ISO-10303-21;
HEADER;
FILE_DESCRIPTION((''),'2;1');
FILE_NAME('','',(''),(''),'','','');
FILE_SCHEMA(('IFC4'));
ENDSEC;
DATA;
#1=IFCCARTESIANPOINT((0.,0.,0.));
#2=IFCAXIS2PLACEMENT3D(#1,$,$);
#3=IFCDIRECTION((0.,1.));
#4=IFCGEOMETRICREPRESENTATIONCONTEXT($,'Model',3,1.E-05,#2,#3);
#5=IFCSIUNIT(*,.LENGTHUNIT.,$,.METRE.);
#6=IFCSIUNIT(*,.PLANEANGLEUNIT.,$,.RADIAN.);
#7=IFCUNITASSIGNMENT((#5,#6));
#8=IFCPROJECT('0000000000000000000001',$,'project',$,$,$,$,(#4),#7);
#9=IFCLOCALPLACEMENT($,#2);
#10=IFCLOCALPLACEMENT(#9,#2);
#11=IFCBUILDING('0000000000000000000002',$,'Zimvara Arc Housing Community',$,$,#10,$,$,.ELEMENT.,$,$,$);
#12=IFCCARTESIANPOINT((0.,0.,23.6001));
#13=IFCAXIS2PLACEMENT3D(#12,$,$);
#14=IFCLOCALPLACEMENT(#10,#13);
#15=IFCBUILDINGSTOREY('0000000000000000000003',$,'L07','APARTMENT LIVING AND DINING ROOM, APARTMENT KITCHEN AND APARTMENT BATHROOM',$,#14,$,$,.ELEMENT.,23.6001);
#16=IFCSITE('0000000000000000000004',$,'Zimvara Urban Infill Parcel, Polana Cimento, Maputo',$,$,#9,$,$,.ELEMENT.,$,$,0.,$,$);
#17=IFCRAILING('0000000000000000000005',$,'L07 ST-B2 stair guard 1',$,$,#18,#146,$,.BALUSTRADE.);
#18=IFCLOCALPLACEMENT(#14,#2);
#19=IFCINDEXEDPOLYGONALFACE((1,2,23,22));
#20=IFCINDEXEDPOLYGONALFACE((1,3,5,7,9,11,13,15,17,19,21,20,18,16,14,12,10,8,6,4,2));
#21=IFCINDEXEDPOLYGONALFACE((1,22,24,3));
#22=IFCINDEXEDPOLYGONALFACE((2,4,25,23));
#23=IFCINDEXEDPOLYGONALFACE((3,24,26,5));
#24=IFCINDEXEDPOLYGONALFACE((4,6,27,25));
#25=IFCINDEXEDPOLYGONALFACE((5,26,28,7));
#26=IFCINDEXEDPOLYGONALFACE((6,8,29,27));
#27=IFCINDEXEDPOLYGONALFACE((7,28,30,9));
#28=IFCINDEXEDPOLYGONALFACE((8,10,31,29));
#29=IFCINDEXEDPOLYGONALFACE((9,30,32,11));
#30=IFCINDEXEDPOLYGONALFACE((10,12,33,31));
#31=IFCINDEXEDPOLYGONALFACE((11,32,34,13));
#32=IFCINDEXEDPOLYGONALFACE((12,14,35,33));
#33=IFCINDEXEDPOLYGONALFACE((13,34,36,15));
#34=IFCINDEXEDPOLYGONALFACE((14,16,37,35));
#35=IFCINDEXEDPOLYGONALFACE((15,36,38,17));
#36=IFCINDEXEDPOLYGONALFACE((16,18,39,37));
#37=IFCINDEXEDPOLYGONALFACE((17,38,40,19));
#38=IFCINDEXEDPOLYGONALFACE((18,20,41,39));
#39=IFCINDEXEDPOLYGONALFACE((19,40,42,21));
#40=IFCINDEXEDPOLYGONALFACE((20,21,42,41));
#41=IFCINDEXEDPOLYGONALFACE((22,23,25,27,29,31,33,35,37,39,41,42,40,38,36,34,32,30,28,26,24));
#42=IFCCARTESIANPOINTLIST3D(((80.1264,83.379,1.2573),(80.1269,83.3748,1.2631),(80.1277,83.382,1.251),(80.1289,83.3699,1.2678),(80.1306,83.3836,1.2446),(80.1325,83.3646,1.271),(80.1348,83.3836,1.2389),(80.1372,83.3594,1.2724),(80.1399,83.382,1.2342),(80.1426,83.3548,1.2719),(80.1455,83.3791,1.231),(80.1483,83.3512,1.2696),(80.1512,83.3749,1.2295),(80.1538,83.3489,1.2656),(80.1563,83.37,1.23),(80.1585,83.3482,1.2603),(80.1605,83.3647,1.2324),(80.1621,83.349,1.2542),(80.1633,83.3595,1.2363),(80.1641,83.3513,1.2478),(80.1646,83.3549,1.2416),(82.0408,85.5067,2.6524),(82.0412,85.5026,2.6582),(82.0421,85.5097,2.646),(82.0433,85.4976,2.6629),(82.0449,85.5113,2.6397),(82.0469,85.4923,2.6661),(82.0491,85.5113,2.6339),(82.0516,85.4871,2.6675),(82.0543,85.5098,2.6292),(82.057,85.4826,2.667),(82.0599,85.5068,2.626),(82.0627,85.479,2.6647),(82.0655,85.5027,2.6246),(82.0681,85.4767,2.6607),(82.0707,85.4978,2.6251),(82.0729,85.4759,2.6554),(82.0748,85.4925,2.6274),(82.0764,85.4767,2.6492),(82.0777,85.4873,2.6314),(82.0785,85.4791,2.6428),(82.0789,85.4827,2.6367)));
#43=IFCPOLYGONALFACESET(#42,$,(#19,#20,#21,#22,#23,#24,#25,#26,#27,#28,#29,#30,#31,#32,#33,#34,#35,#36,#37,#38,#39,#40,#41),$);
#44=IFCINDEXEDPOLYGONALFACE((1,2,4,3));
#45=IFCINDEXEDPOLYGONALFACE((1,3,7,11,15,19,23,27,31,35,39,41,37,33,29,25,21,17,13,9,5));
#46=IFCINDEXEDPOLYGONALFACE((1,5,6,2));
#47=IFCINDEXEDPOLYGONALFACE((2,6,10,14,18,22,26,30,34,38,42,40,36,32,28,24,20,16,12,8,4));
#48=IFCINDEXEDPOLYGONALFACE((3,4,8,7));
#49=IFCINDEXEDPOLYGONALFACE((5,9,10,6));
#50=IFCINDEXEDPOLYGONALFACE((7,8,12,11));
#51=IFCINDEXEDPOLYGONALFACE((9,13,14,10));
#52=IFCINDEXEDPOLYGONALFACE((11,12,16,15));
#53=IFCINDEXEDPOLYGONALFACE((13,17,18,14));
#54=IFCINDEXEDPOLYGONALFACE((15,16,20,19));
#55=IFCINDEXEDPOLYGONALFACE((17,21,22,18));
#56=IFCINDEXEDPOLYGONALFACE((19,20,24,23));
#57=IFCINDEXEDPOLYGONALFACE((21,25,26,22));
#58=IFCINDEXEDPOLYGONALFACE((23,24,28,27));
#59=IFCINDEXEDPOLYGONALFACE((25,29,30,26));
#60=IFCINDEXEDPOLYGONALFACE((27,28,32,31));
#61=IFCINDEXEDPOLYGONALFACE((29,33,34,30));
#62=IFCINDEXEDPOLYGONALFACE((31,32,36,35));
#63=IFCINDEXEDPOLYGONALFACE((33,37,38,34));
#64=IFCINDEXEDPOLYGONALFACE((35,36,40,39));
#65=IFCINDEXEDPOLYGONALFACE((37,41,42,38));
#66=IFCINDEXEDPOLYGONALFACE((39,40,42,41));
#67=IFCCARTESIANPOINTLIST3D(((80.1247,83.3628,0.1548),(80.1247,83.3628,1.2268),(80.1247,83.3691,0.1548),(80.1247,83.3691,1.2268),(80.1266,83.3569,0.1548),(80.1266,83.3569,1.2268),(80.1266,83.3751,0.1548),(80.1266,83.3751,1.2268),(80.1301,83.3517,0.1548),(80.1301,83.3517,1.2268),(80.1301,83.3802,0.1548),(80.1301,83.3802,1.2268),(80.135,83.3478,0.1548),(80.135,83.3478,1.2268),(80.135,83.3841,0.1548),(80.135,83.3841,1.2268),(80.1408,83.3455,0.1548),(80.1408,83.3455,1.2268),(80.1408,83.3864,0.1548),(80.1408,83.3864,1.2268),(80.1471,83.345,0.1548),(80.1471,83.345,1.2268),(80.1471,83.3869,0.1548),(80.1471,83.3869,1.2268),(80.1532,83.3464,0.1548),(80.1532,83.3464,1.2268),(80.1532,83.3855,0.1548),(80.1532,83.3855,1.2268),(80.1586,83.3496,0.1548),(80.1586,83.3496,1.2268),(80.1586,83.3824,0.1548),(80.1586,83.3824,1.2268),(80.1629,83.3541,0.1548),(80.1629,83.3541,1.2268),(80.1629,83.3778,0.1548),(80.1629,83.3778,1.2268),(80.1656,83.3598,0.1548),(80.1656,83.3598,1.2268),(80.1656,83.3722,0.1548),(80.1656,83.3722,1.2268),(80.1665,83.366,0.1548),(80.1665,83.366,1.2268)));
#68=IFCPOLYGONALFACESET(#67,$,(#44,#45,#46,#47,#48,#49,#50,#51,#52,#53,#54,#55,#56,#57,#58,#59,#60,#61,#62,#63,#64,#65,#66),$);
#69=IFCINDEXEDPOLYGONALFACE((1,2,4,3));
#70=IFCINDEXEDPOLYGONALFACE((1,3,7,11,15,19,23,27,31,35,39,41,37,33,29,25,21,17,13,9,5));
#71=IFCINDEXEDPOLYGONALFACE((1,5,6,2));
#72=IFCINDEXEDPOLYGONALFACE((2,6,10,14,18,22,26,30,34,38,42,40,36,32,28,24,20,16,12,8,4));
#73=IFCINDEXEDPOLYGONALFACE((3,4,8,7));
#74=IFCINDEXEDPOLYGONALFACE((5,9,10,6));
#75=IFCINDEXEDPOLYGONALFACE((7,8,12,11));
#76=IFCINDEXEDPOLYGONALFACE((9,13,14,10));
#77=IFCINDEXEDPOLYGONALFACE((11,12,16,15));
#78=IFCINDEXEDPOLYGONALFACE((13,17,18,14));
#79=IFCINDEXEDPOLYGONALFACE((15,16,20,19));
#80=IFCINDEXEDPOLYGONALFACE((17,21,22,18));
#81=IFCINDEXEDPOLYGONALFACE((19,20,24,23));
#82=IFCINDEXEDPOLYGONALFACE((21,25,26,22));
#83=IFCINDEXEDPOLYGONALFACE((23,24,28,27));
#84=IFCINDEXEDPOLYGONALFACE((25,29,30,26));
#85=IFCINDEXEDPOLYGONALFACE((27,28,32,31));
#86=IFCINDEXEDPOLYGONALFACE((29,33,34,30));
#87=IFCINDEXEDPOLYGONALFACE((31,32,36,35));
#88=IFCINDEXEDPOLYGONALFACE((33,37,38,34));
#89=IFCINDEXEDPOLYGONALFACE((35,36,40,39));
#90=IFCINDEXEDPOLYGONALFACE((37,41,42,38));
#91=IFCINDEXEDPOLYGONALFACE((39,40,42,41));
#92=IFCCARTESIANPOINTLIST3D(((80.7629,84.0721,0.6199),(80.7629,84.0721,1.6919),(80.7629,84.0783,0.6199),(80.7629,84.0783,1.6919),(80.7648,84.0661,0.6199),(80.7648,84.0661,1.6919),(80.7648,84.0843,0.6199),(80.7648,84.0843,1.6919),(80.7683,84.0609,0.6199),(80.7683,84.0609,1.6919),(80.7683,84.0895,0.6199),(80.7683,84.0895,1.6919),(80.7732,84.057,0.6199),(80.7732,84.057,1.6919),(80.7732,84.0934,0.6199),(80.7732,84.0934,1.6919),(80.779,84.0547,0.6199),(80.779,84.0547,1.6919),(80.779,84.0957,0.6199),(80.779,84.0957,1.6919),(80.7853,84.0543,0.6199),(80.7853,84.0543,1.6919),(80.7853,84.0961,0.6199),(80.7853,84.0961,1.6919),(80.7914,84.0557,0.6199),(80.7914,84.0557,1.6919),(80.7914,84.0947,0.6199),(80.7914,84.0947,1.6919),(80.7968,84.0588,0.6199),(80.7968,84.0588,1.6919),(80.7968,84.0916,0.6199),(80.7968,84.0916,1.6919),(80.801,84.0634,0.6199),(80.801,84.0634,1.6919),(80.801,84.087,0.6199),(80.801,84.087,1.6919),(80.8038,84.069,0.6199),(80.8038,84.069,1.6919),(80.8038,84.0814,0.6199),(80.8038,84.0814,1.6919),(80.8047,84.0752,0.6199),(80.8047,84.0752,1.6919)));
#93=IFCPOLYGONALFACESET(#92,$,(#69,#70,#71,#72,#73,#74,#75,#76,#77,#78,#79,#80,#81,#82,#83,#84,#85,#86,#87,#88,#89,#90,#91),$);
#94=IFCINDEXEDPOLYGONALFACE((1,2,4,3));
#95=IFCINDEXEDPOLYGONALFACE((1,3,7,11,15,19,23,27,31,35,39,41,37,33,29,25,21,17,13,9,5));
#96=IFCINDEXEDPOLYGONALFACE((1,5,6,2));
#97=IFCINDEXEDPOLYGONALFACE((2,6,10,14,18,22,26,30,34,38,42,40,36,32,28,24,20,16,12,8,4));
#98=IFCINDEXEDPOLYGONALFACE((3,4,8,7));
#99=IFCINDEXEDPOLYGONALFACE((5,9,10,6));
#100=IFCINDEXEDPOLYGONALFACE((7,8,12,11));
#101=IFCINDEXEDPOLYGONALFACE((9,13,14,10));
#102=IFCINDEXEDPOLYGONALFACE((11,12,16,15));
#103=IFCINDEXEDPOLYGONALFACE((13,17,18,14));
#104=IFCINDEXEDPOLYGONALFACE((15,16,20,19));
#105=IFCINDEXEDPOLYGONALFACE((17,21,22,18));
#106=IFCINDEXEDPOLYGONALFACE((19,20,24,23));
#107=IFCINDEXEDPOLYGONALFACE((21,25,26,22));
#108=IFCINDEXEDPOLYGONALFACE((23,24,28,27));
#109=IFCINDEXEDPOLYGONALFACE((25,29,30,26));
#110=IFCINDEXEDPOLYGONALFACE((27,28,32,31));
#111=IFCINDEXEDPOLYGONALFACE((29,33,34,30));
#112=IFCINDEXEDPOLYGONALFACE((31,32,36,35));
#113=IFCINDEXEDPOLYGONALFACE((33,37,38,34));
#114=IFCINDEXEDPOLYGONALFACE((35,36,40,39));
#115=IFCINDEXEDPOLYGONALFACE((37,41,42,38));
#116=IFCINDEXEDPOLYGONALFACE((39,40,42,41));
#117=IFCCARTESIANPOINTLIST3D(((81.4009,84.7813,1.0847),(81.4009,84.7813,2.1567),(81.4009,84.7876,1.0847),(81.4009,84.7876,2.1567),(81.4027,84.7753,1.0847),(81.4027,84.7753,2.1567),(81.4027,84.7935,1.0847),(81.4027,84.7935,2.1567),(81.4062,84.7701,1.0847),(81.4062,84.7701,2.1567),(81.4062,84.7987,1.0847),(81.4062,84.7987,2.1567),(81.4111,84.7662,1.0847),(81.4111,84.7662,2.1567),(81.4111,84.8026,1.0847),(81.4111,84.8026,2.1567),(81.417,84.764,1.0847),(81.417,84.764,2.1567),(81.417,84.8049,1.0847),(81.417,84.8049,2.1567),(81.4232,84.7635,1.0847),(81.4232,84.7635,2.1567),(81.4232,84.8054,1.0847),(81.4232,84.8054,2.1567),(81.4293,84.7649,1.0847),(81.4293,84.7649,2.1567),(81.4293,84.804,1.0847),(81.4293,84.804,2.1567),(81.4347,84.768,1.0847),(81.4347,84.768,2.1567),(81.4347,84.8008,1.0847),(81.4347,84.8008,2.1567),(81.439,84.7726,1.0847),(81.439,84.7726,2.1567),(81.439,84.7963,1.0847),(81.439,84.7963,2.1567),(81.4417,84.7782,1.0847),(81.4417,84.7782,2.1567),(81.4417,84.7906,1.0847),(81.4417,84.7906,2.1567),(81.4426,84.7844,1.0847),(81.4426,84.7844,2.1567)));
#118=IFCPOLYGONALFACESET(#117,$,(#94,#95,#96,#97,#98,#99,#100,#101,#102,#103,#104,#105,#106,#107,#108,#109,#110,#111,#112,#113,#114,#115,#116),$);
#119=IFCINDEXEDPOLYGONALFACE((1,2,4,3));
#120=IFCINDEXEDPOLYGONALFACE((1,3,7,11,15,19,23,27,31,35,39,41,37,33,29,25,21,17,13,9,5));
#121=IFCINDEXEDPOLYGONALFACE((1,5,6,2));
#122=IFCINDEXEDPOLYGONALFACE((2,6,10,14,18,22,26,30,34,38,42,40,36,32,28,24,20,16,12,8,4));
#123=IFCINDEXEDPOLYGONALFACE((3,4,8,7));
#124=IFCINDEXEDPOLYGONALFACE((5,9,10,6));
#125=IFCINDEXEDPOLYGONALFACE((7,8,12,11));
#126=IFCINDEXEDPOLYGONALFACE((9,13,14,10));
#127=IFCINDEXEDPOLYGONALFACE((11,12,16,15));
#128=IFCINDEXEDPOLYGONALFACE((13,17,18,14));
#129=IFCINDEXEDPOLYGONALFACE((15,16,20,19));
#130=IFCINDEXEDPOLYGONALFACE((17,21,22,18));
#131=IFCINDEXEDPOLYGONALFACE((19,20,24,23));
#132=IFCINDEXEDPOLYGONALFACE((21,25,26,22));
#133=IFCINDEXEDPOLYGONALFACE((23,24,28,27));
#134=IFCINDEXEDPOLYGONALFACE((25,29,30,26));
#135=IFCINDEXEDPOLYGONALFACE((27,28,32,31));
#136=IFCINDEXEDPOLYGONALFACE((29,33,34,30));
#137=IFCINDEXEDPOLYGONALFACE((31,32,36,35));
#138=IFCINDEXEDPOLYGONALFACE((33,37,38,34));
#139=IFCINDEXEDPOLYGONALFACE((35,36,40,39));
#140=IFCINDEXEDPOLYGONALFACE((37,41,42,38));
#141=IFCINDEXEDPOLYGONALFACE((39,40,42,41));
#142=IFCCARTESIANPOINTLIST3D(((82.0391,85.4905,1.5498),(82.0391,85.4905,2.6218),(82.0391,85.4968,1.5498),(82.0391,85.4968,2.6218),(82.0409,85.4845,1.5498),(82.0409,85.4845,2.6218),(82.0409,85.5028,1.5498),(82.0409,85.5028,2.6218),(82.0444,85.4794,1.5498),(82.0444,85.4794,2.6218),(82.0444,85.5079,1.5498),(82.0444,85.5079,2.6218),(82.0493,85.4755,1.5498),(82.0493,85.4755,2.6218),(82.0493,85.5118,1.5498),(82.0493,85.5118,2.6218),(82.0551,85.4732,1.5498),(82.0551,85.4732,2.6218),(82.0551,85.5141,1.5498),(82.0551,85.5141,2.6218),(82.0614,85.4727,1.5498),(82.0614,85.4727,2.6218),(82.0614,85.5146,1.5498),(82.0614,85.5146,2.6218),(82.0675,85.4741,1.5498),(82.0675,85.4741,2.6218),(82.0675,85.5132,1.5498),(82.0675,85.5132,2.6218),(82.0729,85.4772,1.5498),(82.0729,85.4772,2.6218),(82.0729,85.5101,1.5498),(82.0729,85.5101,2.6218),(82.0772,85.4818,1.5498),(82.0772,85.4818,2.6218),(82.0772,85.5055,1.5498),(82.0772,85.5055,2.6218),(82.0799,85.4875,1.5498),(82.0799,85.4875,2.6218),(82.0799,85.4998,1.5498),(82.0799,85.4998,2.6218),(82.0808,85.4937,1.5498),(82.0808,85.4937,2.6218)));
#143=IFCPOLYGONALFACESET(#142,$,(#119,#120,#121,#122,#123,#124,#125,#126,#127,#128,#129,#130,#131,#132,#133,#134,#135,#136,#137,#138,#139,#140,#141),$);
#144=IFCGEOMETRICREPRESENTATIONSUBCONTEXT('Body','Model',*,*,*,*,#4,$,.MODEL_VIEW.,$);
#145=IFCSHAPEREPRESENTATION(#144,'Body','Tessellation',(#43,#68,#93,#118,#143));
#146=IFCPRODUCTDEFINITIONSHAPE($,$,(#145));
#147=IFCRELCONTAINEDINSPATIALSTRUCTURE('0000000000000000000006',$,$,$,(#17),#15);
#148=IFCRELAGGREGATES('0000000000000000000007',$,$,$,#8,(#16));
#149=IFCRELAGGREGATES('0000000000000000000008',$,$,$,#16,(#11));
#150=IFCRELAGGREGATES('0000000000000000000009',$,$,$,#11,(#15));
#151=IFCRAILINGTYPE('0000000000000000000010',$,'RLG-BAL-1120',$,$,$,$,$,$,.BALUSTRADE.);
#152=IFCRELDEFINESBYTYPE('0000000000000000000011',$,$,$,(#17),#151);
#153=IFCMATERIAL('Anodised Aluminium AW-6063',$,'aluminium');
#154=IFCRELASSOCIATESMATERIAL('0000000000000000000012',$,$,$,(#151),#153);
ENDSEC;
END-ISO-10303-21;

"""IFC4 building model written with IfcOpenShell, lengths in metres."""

from ifc_helpers import new_model, si_unit, direction, frame, origin, origin_2d, place, context, subcontext, project, spatial, circle, extrude, material, type_object, element, save


model = new_model("IFC4")

# Units and contexts
model_context = context("Model", 3, precision=1e-05, world=origin(), true_north=direction((0.0, 1.0)))
body_context = subcontext(model_context, "Body", "Model", "MODEL_VIEW")
ifc_project = project(units=[si_unit("LENGTHUNIT", "METRE"), si_unit("PLANEANGLEUNIT", "RADIAN")], contexts=[model_context])

# Site, building, storey
site_placement = place(None, origin())
site = spatial("IfcSite", under=ifc_project, at=site_placement, Name="Zimvara Urban Infill Parcel, Polana Cimento, Maputo", CompositionType="ELEMENT", RefElevation=0.0)
building_placement = place(site_placement, origin())
building = spatial("IfcBuilding", under=site, at=building_placement, Name="Zimvara Arc Housing Community", CompositionType="ELEMENT")
storey_placement = place(building_placement, frame((0.0, 0.0, 23.6001)))
storey = spatial("IfcBuildingStorey", under=building, at=storey_placement, Name="L07", Description="APARTMENT LIVING AND DINING ROOM, APARTMENT KITCHEN AND APARTMENT BATHROOM", CompositionType="ELEMENT", Elevation=23.6001)

# Railing
ifc_material_1 = material(Name="Anodised Aluminium AW-6063", Category="aluminium")
railing_type_1 = type_object("IfcRailingType", Name="RLG-BAL-1120", PredefinedType="BALUSTRADE", material=ifc_material_1)
railing_1_placement = place(storey_placement, frame((80.1455, 83.366, 0.1548)))
element("IfcRailing", 1, at=railing_1_placement, inside=storey, type_object=railing_type_1, Name="L07 ST-B2 stair guard 1", PredefinedType="BALUSTRADE", context=body_context, shape_type="SweptSolid", body=[
    extrude(circle(Radius=0.0239, at=origin_2d()), frame((0.0, 0.0, 1.0962), z_axis=(0.601232, 0.668248, 0.438138), x_axis=(-0.7434, 0.668847, 0.0)), (0.0, 0.0, 1.0), 3.1841),
    extrude(circle(Radius=0.021, at=origin_2d()), origin(), (0.0, 0.0, 1.0), 1.072),
    extrude(circle(Radius=0.021, at=origin_2d()), frame((0.6382, 0.7092, 0.4651)), (0.0, 0.0, 1.0), 1.072),
    extrude(circle(Radius=0.021, at=origin_2d()), frame((1.2761, 1.4185, 0.9299)), (0.0, 0.0, 1.0), 1.072),
    extrude(circle(Radius=0.021, at=origin_2d()), frame((1.9143, 2.1277, 1.395)), (0.0, 0.0, 1.0), 1.072),
])

save(model, "model.ifc")
